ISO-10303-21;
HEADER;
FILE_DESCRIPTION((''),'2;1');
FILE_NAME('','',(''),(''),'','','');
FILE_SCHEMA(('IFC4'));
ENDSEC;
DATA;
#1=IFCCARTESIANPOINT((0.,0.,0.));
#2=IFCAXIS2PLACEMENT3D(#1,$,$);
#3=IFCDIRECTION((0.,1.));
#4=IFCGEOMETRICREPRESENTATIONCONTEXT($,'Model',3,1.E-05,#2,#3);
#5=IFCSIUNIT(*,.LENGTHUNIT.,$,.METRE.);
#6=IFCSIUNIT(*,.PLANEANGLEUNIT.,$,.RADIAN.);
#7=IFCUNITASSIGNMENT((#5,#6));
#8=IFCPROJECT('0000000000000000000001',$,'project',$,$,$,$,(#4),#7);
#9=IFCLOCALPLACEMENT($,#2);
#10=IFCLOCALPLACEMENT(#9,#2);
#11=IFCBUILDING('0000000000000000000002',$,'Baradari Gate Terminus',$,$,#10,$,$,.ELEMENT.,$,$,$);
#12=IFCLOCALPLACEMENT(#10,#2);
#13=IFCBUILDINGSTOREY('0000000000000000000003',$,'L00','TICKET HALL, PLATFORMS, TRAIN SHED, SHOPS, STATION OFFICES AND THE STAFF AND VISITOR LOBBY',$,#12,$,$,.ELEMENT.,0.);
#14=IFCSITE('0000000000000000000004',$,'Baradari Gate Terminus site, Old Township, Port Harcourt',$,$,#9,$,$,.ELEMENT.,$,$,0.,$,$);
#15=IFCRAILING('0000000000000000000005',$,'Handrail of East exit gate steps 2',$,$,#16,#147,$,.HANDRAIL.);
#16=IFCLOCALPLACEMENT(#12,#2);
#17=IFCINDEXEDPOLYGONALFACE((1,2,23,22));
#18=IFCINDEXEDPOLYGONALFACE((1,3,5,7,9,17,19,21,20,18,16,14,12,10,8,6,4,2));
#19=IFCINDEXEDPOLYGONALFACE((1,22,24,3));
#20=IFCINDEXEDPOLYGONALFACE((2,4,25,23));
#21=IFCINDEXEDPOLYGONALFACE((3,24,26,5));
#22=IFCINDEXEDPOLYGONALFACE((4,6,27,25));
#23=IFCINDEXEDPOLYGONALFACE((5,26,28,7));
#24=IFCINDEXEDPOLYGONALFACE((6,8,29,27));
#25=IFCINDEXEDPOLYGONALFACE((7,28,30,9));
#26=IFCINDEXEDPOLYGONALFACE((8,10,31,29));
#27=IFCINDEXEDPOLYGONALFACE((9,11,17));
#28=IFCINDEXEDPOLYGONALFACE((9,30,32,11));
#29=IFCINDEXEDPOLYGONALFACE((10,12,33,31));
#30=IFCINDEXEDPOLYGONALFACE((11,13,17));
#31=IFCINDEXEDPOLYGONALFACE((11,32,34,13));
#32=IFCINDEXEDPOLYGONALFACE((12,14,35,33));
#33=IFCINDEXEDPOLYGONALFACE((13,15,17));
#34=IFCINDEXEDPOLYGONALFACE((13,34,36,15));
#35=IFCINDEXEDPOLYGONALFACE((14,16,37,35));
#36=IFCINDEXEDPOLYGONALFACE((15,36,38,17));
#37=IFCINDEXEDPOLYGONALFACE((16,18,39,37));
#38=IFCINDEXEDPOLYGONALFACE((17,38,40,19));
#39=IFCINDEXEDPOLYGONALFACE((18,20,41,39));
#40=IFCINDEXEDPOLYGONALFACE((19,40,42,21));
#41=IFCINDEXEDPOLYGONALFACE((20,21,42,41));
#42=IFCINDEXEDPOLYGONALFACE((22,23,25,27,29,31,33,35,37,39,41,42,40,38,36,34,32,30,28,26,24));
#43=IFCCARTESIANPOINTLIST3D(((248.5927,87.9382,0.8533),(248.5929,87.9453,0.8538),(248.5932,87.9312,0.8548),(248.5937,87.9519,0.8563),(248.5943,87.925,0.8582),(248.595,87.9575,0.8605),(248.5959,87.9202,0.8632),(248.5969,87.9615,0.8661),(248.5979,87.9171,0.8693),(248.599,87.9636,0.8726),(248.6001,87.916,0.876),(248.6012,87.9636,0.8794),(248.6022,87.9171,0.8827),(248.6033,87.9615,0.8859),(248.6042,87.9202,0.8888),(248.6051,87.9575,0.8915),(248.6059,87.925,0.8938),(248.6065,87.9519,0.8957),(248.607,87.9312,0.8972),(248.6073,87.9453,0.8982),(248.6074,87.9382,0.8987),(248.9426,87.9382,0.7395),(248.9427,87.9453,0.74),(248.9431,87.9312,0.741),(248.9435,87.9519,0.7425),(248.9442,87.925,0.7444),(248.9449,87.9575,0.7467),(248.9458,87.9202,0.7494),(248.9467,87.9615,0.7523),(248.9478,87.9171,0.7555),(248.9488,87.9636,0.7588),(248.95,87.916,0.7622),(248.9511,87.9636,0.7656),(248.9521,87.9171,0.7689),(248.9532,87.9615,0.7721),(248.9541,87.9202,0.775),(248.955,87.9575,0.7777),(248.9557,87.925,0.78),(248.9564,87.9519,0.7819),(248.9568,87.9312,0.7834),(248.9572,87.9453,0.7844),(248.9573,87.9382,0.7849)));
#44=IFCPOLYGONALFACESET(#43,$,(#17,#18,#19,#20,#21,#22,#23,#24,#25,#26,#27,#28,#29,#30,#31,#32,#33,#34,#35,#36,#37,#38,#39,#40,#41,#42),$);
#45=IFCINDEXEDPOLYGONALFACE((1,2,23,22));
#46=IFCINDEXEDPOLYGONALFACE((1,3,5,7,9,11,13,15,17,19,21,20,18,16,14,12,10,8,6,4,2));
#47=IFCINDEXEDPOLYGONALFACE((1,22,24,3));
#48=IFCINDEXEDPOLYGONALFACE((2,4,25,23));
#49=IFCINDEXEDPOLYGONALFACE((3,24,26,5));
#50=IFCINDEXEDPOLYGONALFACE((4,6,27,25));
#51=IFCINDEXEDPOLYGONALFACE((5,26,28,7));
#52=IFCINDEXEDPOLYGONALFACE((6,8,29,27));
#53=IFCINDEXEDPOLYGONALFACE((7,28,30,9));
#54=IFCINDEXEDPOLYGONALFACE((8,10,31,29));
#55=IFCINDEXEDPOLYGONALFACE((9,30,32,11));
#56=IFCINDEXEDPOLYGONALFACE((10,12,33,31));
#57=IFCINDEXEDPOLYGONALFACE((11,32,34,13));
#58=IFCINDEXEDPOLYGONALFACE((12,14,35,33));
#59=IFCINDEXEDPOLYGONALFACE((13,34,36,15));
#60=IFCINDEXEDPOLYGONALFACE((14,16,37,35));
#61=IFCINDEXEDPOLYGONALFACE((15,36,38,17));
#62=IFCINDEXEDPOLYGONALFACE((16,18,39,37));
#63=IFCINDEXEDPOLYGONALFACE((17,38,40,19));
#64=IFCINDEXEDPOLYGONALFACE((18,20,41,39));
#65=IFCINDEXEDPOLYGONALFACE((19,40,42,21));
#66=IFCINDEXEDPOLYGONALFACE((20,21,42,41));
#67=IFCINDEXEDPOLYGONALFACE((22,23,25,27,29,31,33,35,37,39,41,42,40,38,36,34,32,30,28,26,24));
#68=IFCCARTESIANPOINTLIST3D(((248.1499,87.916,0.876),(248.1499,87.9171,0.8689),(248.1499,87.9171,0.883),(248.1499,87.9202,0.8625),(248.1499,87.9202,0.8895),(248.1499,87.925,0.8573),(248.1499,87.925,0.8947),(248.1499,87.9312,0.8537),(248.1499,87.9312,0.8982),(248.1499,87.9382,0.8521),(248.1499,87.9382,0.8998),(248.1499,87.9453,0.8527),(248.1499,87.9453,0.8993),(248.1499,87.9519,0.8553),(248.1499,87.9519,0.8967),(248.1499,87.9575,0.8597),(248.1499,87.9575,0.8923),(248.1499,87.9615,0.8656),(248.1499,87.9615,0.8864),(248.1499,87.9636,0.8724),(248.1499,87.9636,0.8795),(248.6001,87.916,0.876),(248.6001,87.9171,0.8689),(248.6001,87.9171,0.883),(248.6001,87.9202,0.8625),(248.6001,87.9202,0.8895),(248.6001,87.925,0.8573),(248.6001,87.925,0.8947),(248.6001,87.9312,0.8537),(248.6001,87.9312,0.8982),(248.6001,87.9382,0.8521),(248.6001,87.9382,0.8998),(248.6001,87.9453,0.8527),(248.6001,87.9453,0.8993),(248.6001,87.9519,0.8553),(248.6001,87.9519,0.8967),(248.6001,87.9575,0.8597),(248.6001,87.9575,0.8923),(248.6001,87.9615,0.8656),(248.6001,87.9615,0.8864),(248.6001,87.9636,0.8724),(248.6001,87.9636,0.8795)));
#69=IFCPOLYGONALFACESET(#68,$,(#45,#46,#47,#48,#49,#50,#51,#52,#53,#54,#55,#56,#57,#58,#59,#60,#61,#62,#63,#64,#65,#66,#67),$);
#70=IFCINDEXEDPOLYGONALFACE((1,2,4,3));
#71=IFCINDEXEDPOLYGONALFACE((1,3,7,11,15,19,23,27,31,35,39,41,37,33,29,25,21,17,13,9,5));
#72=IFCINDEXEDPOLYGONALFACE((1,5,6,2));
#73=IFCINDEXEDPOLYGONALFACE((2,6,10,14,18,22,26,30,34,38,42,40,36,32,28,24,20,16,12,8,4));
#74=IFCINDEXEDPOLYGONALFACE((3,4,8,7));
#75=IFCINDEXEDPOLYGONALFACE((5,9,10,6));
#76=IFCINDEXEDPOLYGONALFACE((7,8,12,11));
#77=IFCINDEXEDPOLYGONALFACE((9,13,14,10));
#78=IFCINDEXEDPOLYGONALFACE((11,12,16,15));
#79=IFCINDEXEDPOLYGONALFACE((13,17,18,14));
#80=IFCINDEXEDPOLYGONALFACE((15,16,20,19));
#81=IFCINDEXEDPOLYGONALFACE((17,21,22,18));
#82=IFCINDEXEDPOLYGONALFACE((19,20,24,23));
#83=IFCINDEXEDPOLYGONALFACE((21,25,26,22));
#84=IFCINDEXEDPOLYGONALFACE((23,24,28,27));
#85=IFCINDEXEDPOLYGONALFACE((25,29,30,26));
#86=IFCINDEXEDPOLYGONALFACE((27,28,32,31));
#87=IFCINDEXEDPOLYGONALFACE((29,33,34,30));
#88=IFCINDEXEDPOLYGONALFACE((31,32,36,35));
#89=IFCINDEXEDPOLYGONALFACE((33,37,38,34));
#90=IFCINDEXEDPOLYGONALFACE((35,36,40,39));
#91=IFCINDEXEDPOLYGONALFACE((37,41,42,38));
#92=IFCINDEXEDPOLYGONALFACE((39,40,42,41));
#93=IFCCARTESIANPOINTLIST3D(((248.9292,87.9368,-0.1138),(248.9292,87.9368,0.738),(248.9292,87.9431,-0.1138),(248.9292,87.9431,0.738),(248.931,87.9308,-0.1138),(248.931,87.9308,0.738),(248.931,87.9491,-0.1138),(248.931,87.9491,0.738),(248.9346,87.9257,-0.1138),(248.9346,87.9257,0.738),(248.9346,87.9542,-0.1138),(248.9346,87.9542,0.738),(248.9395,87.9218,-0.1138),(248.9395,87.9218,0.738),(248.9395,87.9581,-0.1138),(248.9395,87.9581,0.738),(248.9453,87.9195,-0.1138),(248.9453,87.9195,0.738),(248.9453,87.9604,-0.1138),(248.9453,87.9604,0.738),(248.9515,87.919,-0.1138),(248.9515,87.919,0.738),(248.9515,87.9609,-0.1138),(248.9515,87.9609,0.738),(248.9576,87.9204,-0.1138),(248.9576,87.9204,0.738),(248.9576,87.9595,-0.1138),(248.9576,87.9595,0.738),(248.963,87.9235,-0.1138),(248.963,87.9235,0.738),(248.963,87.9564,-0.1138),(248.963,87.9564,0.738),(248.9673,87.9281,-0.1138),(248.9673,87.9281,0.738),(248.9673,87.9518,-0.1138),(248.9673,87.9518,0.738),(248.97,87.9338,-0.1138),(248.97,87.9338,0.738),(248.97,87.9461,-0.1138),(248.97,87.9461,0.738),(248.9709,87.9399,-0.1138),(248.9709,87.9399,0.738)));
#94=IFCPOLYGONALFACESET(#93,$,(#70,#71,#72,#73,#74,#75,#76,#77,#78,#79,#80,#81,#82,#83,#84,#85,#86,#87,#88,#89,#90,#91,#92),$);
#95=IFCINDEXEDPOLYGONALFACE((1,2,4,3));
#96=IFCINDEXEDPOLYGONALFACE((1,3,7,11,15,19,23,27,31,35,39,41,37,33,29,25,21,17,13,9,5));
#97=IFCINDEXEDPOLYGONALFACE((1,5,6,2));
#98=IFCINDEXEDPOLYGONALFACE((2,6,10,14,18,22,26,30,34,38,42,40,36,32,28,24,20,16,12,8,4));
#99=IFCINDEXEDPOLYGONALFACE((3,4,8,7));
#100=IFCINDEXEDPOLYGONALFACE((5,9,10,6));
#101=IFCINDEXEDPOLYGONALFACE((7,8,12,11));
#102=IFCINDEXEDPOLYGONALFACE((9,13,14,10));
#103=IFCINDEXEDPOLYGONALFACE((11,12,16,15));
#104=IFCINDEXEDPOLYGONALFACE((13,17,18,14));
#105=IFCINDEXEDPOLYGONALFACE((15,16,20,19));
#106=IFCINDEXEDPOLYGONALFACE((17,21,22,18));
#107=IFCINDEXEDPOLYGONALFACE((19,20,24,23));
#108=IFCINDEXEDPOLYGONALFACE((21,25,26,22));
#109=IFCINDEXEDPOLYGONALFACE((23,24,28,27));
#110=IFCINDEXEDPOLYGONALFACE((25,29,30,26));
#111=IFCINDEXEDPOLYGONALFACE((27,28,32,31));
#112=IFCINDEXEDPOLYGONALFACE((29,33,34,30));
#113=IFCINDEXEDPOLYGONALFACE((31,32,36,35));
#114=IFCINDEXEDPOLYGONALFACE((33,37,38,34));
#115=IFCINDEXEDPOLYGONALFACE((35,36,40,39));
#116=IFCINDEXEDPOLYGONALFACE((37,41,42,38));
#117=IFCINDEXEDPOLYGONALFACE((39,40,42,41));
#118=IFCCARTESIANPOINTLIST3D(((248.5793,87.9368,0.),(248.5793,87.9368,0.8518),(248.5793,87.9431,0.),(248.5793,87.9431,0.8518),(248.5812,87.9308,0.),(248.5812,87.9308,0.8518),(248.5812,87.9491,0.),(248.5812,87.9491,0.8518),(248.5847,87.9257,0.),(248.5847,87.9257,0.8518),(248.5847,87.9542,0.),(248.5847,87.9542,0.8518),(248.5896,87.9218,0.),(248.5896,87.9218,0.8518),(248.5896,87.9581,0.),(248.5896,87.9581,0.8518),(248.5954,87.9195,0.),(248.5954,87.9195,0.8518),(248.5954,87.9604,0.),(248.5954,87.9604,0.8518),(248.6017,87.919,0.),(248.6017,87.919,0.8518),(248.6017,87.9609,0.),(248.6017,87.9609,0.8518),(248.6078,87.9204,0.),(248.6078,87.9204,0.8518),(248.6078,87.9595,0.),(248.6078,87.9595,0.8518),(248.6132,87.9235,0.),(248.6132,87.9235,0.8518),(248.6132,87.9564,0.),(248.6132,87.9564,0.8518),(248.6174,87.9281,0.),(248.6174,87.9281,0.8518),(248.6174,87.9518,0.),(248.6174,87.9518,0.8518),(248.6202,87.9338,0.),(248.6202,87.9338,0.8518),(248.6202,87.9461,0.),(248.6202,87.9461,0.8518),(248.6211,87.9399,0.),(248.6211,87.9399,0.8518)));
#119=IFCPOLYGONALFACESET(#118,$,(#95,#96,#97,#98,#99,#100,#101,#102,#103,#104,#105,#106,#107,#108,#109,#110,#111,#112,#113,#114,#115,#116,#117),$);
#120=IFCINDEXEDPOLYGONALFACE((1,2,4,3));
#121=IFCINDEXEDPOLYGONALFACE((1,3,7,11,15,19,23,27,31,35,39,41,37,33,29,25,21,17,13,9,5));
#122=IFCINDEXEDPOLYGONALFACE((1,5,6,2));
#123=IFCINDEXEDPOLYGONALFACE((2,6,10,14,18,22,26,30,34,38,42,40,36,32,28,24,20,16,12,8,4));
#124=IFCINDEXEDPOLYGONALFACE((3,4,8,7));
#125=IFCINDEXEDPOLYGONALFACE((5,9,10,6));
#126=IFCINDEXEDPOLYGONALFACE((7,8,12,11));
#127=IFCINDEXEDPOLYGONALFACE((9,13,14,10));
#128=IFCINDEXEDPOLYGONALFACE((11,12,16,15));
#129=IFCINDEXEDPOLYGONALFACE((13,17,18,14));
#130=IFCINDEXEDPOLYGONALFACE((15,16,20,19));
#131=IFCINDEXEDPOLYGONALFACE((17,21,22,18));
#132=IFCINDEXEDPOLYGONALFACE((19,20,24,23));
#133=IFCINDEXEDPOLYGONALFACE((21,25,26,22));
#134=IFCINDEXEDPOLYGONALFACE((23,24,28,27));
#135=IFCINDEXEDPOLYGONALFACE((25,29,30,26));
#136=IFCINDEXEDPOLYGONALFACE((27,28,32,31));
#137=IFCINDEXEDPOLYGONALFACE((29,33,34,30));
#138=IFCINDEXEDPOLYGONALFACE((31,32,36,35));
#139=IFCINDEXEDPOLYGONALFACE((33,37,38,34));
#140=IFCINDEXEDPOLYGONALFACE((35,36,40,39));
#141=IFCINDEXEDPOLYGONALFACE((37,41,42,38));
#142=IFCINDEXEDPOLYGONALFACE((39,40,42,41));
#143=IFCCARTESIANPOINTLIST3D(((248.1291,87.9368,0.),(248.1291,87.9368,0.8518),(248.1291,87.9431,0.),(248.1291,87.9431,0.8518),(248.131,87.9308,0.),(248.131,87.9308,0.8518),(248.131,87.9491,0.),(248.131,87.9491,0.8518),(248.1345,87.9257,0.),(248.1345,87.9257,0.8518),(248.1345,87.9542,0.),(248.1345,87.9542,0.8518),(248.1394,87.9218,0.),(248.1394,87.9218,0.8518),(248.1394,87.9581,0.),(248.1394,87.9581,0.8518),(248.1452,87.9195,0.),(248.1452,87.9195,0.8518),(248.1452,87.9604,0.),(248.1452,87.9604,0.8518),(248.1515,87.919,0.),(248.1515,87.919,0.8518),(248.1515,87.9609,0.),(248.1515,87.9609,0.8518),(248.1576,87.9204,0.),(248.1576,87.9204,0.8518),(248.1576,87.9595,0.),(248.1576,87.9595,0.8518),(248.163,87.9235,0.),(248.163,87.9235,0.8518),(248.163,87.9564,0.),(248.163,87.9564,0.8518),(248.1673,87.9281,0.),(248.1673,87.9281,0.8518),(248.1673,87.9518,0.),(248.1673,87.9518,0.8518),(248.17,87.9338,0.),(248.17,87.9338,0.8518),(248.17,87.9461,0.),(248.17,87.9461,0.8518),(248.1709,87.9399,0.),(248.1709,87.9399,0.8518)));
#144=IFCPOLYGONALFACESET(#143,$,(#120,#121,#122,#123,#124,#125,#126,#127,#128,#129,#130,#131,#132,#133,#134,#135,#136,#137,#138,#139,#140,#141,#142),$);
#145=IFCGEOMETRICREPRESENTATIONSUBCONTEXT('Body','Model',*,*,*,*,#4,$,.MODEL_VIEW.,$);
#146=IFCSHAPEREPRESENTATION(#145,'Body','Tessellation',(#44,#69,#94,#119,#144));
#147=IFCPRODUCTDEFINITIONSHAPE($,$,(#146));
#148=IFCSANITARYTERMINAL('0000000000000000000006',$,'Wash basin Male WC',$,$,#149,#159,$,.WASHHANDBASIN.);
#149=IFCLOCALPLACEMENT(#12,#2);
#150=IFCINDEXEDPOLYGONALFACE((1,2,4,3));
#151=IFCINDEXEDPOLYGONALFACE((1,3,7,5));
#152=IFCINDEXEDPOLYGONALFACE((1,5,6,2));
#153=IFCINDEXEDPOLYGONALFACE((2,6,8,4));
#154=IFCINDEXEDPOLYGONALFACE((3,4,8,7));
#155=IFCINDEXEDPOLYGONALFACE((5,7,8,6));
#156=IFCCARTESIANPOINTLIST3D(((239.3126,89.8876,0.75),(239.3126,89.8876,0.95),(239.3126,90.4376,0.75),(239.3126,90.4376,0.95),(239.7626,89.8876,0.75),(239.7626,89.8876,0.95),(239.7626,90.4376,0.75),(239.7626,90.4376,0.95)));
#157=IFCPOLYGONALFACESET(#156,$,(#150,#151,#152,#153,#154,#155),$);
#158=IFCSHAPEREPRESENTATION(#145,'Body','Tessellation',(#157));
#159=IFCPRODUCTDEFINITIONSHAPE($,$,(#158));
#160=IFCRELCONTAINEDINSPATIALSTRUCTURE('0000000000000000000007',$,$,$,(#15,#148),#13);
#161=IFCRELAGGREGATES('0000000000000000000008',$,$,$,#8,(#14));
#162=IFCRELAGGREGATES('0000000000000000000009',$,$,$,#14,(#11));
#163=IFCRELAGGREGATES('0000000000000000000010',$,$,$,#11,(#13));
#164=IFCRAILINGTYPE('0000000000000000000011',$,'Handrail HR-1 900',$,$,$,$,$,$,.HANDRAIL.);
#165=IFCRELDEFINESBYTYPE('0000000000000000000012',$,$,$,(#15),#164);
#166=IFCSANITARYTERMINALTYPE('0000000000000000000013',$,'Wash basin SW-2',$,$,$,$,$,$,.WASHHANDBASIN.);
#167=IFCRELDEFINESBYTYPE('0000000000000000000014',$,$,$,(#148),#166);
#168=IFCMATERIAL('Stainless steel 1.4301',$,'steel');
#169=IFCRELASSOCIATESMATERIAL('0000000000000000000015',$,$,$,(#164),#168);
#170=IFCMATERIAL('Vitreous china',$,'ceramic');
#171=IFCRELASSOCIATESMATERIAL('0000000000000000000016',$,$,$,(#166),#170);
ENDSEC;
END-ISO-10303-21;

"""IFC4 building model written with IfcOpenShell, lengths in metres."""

from ifc_helpers import new_model, si_unit, direction, frame, origin, origin_2d, place, context, subcontext, project, spatial, rectangle, circle, extrude, material, type_object, element, save


model = new_model("IFC4")

# Units and contexts
model_context = context("Model", 3, precision=1e-05, world=origin(), true_north=direction((0.0, 1.0)))
body_context = subcontext(model_context, "Body", "Model", "MODEL_VIEW")
ifc_project = project(units=[si_unit("LENGTHUNIT", "METRE"), si_unit("PLANEANGLEUNIT", "RADIAN")], contexts=[model_context])

# Site, building, storey
site_placement = place(None, origin())
site = spatial("IfcSite", under=ifc_project, at=site_placement, Name="Baradari Gate Terminus site, Old Township, Port Harcourt", CompositionType="ELEMENT", RefElevation=0.0)
building_placement = place(site_placement, origin())
building = spatial("IfcBuilding", under=site, at=building_placement, Name="Baradari Gate Terminus", CompositionType="ELEMENT")
storey_placement = place(building_placement, origin())
storey = spatial("IfcBuildingStorey", under=building, at=storey_placement, Name="L00", Description="TICKET HALL, PLATFORMS, TRAIN SHED, SHOPS, STATION OFFICES AND THE STAFF AND VISITOR LOBBY", CompositionType="ELEMENT", Elevation=0.0)

# Railing
ifc_material_1 = material(Name="Stainless steel 1.4301", Category="steel")
railing_type = type_object("IfcRailingType", Name="Handrail HR-1 900", PredefinedType="HANDRAIL", material=ifc_material_1)
railing_placement = place(storey_placement, frame((248.95, 87.9399, -0.1138)))
element("IfcRailing", 1, at=railing_placement, inside=storey, type_object=railing_type, Name="Handrail of East exit gate steps 2", PredefinedType="HANDRAIL", context=body_context, shape_type="SweptSolid", body=[
    extrude(circle(Radius=0.0239, at=origin_2d()), frame((0.0, 0.0, 0.876), z_axis=(-0.95098, 0.0, 0.309251), x_axis=(0.0, -1.0, 0.0)), (0.0, 0.0, 1.0), 0.3679),
    extrude(circle(Radius=0.0239, at=origin_2d()), frame((-0.3499, 0.0, 0.9897), z_axis=(-1.0, 0.0, 0.0), x_axis=(0.0, -1.0, 0.0)), (0.0, 0.0, 1.0), 0.4502),
    extrude(circle(Radius=0.021, at=origin_2d()), origin(), (0.0, 0.0, 1.0), 0.8518),
    extrude(circle(Radius=0.021, at=origin_2d()), frame((-0.3499, 0.0, 0.1138)), (0.0, 0.0, 1.0), 0.8518),
    extrude(circle(Radius=0.021, at=origin_2d()), frame((-0.8, 0.0, 0.1138)), (0.0, 0.0, 1.0), 0.8518),
])

# Sanitary terminal
ifc_material_2 = material(Name="Vitreous china", Category="ceramic")
sanitary_terminal_type = type_object("IfcSanitaryTerminalType", Name="Wash basin SW-2", PredefinedType="WASHHANDBASIN", material=ifc_material_2)
sanitary_terminal_placement = place(storey_placement, frame((239.5376, 90.1626, 0.75), z_axis=(0.0, 0.0, 1.0), x_axis=(1.0, 0.0, 0.0)))
element("IfcSanitaryTerminal", 2, at=sanitary_terminal_placement, inside=storey, type_object=sanitary_terminal_type, Name="Wash basin Male WC", PredefinedType="WASHHANDBASIN", context=body_context, shape_type="SweptSolid", body=[
    extrude(rectangle(XDim=0.45, YDim=0.55, at=origin_2d()), origin(), (0.0, 0.0, 1.0), 0.2),
])

save(model, "model.ifc")
